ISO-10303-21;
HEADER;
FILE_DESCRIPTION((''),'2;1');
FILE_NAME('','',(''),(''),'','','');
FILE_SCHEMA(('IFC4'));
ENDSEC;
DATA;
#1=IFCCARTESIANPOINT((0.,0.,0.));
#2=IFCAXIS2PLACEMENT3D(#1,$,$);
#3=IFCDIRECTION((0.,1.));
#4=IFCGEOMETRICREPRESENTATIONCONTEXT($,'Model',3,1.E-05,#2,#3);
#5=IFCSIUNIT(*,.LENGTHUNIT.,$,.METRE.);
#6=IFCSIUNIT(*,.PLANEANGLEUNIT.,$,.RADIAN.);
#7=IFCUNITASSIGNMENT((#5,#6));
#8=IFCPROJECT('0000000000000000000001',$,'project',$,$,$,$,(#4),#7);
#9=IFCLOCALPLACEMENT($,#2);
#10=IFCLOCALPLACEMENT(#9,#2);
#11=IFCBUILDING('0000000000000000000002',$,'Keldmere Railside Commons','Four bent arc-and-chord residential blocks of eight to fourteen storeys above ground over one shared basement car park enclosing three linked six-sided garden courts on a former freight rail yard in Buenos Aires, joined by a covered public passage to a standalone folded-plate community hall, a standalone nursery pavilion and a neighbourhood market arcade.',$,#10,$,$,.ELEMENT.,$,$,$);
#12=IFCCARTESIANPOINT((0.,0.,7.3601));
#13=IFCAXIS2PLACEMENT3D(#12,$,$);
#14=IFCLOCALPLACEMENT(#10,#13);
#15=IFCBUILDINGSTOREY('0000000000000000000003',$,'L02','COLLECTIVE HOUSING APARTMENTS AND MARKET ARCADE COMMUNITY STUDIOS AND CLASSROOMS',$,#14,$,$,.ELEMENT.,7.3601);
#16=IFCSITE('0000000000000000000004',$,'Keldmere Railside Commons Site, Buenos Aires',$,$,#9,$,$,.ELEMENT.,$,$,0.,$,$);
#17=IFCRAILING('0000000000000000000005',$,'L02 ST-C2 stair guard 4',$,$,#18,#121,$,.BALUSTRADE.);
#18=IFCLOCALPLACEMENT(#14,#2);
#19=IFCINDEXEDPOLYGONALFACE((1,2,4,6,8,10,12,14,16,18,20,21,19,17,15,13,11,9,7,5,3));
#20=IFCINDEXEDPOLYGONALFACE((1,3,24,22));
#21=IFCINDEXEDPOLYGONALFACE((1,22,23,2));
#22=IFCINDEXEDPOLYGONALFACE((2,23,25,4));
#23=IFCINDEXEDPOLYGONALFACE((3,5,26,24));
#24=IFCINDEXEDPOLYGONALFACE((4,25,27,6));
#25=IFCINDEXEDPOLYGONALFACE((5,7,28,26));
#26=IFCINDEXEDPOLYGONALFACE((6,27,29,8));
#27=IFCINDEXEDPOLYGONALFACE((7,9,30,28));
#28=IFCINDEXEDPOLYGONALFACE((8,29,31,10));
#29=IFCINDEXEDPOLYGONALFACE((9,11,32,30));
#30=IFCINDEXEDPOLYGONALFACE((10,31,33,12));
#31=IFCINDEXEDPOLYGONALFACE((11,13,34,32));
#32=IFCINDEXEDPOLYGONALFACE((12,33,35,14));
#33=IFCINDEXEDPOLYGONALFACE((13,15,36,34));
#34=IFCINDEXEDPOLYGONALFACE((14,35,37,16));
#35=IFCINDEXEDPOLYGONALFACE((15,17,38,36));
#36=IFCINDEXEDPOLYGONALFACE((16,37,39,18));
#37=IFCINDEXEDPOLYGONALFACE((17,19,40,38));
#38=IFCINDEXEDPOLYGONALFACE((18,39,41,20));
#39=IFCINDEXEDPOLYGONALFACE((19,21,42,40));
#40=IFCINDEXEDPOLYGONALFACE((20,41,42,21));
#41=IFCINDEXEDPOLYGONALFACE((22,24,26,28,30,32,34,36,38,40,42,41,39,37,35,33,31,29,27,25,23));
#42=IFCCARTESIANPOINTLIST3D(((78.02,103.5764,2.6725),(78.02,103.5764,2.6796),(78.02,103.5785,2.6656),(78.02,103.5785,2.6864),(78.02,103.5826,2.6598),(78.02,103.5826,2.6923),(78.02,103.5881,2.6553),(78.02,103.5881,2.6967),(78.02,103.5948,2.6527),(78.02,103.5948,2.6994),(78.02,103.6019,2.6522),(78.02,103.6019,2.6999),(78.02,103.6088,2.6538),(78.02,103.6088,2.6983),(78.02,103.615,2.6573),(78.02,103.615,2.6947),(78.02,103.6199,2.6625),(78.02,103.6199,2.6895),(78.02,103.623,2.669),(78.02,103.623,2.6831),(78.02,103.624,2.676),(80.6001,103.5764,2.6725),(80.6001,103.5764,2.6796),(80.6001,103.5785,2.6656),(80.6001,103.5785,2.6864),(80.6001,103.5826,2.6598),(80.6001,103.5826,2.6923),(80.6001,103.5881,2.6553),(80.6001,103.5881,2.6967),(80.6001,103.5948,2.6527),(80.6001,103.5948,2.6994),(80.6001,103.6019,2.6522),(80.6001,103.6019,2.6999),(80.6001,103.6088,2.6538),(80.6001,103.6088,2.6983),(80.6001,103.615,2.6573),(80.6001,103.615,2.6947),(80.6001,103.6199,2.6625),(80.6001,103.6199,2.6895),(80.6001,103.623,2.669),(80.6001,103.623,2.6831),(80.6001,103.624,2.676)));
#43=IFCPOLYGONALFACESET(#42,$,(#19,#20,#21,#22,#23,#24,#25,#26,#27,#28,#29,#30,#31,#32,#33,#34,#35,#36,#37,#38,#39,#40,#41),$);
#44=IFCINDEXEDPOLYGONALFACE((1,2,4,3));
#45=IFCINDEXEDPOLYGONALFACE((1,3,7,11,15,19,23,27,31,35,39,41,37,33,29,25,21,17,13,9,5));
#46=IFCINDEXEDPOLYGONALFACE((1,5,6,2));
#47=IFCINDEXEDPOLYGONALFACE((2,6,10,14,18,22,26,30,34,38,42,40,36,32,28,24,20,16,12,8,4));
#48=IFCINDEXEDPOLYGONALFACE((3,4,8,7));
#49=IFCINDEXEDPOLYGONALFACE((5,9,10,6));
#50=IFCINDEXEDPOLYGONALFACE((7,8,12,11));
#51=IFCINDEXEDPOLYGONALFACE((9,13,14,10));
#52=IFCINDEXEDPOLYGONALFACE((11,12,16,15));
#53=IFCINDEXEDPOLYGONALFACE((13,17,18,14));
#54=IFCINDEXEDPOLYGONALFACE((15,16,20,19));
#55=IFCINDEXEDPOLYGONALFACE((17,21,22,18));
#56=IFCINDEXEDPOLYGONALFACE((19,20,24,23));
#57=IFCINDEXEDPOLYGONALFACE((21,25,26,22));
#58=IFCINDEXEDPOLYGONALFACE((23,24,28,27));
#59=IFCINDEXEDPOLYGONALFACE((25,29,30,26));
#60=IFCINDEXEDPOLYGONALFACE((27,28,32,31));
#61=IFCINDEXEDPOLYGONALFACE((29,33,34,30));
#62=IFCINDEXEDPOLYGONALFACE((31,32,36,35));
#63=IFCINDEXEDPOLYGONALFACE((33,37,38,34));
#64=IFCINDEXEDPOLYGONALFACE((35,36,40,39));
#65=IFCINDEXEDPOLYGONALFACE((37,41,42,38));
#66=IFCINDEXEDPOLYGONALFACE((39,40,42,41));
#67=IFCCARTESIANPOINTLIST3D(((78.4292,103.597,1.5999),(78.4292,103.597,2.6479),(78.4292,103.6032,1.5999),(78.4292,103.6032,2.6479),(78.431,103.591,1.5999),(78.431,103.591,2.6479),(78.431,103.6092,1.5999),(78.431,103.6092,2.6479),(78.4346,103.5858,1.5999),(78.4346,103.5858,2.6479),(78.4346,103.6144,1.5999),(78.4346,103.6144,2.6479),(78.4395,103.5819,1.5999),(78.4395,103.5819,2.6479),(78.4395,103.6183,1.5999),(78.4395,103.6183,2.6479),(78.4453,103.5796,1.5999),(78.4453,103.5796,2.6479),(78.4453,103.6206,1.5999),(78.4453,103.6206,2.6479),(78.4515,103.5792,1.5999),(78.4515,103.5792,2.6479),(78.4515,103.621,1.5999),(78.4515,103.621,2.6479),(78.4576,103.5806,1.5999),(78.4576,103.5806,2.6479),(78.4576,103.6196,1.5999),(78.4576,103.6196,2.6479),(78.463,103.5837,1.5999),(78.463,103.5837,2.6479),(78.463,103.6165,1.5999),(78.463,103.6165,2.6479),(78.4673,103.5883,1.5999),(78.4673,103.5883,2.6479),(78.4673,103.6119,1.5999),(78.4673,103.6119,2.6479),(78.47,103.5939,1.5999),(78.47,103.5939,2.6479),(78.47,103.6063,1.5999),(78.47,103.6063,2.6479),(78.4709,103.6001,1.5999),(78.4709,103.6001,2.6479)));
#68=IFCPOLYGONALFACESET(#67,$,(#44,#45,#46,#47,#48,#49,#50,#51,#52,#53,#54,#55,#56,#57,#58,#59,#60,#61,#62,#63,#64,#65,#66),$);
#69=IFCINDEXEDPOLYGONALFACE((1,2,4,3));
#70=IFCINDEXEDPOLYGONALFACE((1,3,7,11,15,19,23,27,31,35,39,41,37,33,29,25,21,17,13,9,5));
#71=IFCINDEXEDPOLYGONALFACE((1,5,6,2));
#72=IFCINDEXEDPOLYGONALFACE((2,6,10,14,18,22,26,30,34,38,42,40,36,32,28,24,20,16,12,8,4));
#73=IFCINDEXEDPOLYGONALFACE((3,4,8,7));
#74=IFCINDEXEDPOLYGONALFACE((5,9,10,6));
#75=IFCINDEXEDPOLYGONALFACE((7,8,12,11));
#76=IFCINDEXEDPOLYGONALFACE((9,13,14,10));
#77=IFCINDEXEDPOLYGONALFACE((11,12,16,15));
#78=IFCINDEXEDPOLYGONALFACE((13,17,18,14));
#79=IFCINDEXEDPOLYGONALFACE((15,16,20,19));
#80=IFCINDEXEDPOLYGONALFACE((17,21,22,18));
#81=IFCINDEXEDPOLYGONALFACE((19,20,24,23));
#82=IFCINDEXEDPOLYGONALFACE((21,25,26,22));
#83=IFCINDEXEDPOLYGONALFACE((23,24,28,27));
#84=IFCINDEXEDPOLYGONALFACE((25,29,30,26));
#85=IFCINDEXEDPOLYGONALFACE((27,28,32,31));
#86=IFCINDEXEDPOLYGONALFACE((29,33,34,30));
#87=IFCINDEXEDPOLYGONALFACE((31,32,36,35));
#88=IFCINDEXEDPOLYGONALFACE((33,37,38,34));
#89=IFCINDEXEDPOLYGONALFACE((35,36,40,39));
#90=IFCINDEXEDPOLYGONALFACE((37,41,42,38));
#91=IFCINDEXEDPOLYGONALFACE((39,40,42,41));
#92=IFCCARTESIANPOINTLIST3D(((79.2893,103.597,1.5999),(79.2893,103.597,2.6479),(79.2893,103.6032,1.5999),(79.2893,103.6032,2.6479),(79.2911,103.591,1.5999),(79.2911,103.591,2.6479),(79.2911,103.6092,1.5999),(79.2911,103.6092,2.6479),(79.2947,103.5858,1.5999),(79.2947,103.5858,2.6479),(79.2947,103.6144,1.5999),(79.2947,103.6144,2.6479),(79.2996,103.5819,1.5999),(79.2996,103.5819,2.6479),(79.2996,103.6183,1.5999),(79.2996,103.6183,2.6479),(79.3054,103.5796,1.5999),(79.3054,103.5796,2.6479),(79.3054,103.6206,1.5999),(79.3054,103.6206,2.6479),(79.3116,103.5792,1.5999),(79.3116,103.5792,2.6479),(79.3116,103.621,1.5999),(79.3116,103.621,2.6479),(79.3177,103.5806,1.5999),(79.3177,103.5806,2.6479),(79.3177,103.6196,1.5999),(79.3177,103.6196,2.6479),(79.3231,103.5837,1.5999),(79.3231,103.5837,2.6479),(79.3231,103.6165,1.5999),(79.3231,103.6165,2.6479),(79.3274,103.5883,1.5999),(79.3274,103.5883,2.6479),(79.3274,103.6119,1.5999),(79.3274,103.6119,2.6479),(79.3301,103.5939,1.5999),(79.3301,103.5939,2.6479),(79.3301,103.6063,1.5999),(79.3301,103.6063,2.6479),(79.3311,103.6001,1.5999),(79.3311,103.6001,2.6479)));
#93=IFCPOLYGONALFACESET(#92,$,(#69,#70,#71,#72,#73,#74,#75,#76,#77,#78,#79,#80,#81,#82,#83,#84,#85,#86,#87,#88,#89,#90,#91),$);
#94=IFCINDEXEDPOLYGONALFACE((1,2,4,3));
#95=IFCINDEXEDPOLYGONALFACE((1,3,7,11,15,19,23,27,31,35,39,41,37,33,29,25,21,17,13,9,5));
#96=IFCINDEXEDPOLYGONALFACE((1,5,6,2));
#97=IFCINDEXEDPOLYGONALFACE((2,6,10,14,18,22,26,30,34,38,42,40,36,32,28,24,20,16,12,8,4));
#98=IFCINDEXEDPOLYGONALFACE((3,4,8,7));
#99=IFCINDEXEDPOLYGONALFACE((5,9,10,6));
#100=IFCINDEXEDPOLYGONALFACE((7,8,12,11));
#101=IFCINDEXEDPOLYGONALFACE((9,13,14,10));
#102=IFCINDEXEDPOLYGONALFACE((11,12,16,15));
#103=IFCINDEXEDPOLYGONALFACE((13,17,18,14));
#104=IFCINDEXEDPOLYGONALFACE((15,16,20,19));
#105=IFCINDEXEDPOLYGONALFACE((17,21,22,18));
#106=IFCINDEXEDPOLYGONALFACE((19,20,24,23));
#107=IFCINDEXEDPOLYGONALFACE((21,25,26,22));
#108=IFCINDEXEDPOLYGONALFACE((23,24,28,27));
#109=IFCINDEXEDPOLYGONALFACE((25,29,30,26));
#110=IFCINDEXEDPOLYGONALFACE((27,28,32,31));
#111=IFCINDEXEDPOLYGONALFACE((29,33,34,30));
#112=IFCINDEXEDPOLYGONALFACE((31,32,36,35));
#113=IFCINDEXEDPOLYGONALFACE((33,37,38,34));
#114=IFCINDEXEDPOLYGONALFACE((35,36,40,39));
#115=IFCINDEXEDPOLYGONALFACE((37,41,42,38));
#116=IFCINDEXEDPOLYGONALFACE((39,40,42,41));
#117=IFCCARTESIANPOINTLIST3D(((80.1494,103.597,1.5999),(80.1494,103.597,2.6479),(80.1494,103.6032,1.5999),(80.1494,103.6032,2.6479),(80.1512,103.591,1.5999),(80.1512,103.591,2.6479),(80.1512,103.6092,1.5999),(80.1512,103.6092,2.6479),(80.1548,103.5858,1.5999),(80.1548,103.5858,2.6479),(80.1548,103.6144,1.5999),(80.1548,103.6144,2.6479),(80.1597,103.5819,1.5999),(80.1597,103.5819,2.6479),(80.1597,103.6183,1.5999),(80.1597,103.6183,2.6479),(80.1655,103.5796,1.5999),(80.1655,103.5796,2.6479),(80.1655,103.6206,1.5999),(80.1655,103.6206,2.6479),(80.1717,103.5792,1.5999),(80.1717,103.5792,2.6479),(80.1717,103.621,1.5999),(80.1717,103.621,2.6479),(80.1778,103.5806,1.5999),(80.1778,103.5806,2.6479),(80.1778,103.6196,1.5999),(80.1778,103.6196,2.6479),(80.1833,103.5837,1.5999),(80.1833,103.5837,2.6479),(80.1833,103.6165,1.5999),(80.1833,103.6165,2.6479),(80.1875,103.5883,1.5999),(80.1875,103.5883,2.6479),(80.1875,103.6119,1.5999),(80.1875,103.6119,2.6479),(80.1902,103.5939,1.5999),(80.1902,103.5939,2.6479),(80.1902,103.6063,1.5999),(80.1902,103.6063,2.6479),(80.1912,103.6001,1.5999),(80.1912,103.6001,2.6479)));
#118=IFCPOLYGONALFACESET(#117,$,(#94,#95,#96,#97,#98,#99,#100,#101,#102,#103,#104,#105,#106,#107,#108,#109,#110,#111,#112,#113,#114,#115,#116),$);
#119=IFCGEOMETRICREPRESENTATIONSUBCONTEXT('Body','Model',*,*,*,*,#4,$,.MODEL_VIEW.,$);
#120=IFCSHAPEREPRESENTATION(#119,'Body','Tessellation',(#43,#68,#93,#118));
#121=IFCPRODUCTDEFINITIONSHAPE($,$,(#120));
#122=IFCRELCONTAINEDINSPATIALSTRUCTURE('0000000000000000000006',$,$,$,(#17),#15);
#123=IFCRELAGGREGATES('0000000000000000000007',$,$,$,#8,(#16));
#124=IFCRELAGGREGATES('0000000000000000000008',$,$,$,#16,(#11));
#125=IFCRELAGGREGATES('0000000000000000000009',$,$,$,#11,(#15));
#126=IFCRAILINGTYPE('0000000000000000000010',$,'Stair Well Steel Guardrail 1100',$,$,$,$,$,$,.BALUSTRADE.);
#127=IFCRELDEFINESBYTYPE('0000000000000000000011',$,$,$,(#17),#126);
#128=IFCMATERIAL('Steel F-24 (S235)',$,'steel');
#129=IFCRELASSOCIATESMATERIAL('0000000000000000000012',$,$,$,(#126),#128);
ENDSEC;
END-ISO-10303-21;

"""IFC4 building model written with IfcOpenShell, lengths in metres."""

from ifc_helpers import new_model, si_unit, direction, frame, origin, origin_2d, place, context, subcontext, project, spatial, circle, extrude, material, type_object, element, save


model = new_model("IFC4")

# Units and contexts
model_context = context("Model", 3, precision=1e-05, world=origin(), true_north=direction((0.0, 1.0)))
body_context = subcontext(model_context, "Body", "Model", "MODEL_VIEW")
ifc_project = project(units=[si_unit("LENGTHUNIT", "METRE"), si_unit("PLANEANGLEUNIT", "RADIAN")], contexts=[model_context])

# Site, building, storey
site_placement = place(None, origin())
site = spatial("IfcSite", under=ifc_project, at=site_placement, Name="Keldmere Railside Commons Site, Buenos Aires", CompositionType="ELEMENT", RefElevation=0.0)
building_placement = place(site_placement, origin())
building = spatial("IfcBuilding", under=site, at=building_placement, Name="Keldmere Railside Commons", Description="Four bent arc-and-chord residential blocks of eight to fourteen storeys above ground over one shared basement car park enclosing three linked six-sided garden courts on a former freight rail yard in Buenos Aires, joined by a covered public passage to a standalone folded-plate community hall, a standalone nursery pavilion and a neighbourhood market arcade.", CompositionType="ELEMENT")
storey_placement = place(building_placement, frame((0.0, 0.0, 7.3601)))
storey = spatial("IfcBuildingStorey", under=building, at=storey_placement, Name="L02", Description="COLLECTIVE HOUSING APARTMENTS AND MARKET ARCADE COMMUNITY STUDIOS AND CLASSROOMS", CompositionType="ELEMENT", Elevation=7.3601)

# Shared definitions
ifc_material_1 = material(Name="Steel F-24 (S235)", Category="steel")

# Railing
railing_type_1 = type_object("IfcRailingType", Name="Stair Well Steel Guardrail 1100", PredefinedType="BALUSTRADE", material=ifc_material_1)
railing_1_placement = place(storey_placement, frame((78.02, 103.6001, 1.5999)))
element("IfcRailing", 1, at=railing_1_placement, inside=storey, type_object=railing_type_1, Name="L02 ST-C2 stair guard 4", PredefinedType="BALUSTRADE", context=body_context, shape_type="SweptSolid", body=[
    extrude(circle(Radius=0.0239, at=origin_2d()), frame((0.0, 0.0, 1.0762), z_axis=(1.0, 0.0, 0.0), x_axis=(0.0, 1.0, 0.0)), (0.0, 0.0, 1.0), 2.5801),
    extrude(circle(Radius=0.021, at=origin_2d()), frame((0.4299, 0.0, 0.0)), (0.0, 0.0, 1.0), 1.0481),
    extrude(circle(Radius=0.021, at=origin_2d()), frame((1.29, 0.0, 0.0)), (0.0, 0.0, 1.0), 1.0481),
    extrude(circle(Radius=0.021, at=origin_2d()), frame((2.1501, 0.0, 0.0)), (0.0, 0.0, 1.0), 1.0481),
])

save(model, "model.ifc")
